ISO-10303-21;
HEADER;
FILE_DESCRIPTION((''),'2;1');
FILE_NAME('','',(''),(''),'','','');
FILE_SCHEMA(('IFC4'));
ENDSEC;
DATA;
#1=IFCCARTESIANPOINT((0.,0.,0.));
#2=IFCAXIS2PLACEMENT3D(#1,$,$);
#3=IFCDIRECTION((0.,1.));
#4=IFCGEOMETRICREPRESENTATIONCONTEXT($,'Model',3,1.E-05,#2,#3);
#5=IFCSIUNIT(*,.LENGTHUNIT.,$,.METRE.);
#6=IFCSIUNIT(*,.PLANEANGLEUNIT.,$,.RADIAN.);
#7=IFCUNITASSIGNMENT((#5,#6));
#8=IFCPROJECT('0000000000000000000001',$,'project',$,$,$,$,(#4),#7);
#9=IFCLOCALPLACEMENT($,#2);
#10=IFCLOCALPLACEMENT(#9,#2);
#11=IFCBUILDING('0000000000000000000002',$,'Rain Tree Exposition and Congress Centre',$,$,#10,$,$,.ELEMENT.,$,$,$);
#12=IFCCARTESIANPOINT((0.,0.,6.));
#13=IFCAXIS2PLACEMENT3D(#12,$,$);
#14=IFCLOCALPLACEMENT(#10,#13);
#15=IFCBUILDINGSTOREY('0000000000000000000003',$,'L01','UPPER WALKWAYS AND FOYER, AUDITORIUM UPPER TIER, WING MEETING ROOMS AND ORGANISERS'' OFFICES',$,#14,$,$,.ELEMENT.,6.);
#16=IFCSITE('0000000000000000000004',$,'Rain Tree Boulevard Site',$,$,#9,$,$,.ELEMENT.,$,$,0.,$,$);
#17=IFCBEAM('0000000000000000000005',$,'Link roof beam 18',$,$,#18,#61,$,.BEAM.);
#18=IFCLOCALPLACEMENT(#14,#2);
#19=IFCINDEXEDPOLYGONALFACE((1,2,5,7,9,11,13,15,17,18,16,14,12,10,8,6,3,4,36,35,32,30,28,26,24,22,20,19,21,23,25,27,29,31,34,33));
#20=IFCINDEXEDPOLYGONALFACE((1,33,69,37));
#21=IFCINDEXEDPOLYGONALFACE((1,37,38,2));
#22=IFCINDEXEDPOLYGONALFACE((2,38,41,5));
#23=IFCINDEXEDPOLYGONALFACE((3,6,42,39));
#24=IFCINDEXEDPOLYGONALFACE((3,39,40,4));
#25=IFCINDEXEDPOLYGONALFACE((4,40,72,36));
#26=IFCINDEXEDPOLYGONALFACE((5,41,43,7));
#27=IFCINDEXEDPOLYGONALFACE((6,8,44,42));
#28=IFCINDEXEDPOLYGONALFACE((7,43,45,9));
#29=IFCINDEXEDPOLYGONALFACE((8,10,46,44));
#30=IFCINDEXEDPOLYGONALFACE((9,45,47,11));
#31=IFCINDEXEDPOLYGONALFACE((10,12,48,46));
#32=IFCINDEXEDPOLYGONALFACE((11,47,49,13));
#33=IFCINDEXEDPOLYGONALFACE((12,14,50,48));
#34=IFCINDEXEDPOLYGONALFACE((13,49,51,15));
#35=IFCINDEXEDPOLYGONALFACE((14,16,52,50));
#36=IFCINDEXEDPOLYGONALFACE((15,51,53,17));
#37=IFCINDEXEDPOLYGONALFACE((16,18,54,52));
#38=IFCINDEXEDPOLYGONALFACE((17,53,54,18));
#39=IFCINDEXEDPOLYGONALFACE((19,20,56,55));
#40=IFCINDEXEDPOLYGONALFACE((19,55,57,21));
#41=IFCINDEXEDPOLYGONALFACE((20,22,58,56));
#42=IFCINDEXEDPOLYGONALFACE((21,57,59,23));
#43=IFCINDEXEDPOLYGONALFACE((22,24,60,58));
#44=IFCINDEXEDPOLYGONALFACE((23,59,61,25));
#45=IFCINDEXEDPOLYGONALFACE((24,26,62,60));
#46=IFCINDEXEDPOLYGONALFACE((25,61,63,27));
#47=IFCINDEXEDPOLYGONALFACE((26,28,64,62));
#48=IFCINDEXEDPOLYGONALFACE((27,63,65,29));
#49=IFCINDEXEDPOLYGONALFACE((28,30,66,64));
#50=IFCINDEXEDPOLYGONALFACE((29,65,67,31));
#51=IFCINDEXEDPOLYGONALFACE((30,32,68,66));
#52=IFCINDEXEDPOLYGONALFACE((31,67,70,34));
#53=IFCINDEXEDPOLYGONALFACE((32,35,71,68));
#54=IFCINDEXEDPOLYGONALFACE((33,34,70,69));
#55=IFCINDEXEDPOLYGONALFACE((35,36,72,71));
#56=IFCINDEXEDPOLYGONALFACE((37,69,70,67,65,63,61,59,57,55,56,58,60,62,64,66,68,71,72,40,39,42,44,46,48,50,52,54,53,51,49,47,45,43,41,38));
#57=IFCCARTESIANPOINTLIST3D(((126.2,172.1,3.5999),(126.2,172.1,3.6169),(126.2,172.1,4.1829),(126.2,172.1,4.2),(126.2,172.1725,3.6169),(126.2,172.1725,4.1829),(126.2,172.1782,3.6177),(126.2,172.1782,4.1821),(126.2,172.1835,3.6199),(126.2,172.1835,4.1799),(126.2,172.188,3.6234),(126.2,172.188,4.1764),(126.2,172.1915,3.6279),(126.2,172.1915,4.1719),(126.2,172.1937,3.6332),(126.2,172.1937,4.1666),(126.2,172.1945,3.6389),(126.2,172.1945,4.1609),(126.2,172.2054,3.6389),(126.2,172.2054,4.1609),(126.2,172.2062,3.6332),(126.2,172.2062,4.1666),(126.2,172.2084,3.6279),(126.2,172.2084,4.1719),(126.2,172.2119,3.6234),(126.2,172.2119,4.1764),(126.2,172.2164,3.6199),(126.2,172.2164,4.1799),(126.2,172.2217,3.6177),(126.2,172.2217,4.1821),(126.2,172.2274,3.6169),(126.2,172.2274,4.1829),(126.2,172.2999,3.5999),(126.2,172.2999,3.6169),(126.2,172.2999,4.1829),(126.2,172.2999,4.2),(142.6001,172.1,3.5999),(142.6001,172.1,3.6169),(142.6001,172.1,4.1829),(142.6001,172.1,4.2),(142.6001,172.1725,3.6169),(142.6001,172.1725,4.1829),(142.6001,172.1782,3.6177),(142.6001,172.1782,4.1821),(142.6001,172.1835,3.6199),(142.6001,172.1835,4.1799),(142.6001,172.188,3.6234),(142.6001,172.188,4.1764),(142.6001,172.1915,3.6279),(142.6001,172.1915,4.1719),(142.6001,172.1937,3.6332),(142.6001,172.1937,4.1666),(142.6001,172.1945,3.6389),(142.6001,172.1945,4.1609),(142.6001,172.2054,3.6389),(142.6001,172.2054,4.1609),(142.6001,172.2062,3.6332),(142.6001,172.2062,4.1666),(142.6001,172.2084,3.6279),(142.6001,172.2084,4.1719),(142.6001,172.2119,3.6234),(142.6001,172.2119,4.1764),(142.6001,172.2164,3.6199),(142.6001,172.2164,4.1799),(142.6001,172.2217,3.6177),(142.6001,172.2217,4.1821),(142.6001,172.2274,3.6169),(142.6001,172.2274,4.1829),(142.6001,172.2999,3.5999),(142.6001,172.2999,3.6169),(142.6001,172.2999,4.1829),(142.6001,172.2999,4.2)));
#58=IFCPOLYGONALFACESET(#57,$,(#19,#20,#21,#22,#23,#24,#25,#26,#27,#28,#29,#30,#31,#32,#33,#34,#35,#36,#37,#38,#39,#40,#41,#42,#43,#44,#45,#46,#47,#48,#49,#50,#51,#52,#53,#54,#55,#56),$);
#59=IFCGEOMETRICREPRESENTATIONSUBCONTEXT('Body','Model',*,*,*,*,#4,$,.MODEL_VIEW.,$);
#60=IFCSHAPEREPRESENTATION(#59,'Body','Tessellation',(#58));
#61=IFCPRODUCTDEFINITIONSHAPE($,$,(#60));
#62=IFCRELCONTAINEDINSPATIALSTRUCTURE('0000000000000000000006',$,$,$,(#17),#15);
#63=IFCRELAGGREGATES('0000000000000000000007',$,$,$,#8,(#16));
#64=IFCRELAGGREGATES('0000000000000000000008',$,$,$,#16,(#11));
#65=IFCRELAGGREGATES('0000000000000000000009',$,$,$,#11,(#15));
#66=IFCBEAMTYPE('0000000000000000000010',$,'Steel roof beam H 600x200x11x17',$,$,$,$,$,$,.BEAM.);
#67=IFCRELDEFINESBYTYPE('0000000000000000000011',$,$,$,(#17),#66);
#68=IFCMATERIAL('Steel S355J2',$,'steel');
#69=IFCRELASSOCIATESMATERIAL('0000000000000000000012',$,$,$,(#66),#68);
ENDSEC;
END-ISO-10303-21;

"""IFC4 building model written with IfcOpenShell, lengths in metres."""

from ifc_helpers import new_model, si_unit, direction, frame, origin, origin_2d, place, context, subcontext, project, spatial, i_section, extrude, material, material_profile, profile_set, type_object, element, save


model = new_model("IFC4")

# Units and contexts
model_context = context("Model", 3, precision=1e-05, world=origin(), true_north=direction((0.0, 1.0)))
body_context = subcontext(model_context, "Body", "Model", "MODEL_VIEW")
ifc_project = project(units=[si_unit("LENGTHUNIT", "METRE"), si_unit("PLANEANGLEUNIT", "RADIAN")], contexts=[model_context])

# Site, building, storey
site_placement = place(None, origin())
site = spatial("IfcSite", under=ifc_project, at=site_placement, Name="Rain Tree Boulevard Site", CompositionType="ELEMENT", RefElevation=0.0)
building_placement = place(site_placement, origin())
building = spatial("IfcBuilding", under=site, at=building_placement, Name="Rain Tree Exposition and Congress Centre", CompositionType="ELEMENT")
storey_placement = place(building_placement, frame((0.0, 0.0, 6.0)))
storey = spatial("IfcBuildingStorey", under=building, at=storey_placement, Name="L01", Description="UPPER WALKWAYS AND FOYER, AUDITORIUM UPPER TIER, WING MEETING ROOMS AND ORGANISERS' OFFICES", CompositionType="ELEMENT", Elevation=6.0)

# Beam
ifc_material_1 = material(Name="Steel S355J2", Category="steel")
ifc_material_profile_1 = material_profile(ifc_material_1, i_section(OverallWidth=0.2, OverallDepth=0.6001, WebThickness=0.011, FlangeThickness=0.0171, FilletRadius=0.022, at=origin_2d()), Name="H 600x200x11x17")
ifc_profile_set_1 = profile_set([ifc_material_profile_1], Name="Steel S355J2")
beam_type = type_object("IfcBeamType", Name="Steel roof beam H 600x200x11x17", PredefinedType="BEAM", material=ifc_profile_set_1)
for number, where, z_axis, x_axis, name in (
    (1, (126.2, 172.2, 3.8999), (1.0, 0.0, 0.0), (0.0, 1.0, 0.0), "Link roof beam 18"),
):
    element("IfcBeam", number, at=place(storey_placement, frame(where, z_axis=z_axis, x_axis=x_axis)), inside=storey, type_object=beam_type, Name=name, PredefinedType="BEAM", context=body_context, shape_type="SweptSolid", body=[
        extrude(i_section(OverallWidth=0.2, OverallDepth=0.6001, WebThickness=0.011, FlangeThickness=0.0171, FilletRadius=0.022, at=origin_2d()), origin(), (0.0, 0.0, 1.0), 16.4001),
    ])

save(model, "model.ifc")
